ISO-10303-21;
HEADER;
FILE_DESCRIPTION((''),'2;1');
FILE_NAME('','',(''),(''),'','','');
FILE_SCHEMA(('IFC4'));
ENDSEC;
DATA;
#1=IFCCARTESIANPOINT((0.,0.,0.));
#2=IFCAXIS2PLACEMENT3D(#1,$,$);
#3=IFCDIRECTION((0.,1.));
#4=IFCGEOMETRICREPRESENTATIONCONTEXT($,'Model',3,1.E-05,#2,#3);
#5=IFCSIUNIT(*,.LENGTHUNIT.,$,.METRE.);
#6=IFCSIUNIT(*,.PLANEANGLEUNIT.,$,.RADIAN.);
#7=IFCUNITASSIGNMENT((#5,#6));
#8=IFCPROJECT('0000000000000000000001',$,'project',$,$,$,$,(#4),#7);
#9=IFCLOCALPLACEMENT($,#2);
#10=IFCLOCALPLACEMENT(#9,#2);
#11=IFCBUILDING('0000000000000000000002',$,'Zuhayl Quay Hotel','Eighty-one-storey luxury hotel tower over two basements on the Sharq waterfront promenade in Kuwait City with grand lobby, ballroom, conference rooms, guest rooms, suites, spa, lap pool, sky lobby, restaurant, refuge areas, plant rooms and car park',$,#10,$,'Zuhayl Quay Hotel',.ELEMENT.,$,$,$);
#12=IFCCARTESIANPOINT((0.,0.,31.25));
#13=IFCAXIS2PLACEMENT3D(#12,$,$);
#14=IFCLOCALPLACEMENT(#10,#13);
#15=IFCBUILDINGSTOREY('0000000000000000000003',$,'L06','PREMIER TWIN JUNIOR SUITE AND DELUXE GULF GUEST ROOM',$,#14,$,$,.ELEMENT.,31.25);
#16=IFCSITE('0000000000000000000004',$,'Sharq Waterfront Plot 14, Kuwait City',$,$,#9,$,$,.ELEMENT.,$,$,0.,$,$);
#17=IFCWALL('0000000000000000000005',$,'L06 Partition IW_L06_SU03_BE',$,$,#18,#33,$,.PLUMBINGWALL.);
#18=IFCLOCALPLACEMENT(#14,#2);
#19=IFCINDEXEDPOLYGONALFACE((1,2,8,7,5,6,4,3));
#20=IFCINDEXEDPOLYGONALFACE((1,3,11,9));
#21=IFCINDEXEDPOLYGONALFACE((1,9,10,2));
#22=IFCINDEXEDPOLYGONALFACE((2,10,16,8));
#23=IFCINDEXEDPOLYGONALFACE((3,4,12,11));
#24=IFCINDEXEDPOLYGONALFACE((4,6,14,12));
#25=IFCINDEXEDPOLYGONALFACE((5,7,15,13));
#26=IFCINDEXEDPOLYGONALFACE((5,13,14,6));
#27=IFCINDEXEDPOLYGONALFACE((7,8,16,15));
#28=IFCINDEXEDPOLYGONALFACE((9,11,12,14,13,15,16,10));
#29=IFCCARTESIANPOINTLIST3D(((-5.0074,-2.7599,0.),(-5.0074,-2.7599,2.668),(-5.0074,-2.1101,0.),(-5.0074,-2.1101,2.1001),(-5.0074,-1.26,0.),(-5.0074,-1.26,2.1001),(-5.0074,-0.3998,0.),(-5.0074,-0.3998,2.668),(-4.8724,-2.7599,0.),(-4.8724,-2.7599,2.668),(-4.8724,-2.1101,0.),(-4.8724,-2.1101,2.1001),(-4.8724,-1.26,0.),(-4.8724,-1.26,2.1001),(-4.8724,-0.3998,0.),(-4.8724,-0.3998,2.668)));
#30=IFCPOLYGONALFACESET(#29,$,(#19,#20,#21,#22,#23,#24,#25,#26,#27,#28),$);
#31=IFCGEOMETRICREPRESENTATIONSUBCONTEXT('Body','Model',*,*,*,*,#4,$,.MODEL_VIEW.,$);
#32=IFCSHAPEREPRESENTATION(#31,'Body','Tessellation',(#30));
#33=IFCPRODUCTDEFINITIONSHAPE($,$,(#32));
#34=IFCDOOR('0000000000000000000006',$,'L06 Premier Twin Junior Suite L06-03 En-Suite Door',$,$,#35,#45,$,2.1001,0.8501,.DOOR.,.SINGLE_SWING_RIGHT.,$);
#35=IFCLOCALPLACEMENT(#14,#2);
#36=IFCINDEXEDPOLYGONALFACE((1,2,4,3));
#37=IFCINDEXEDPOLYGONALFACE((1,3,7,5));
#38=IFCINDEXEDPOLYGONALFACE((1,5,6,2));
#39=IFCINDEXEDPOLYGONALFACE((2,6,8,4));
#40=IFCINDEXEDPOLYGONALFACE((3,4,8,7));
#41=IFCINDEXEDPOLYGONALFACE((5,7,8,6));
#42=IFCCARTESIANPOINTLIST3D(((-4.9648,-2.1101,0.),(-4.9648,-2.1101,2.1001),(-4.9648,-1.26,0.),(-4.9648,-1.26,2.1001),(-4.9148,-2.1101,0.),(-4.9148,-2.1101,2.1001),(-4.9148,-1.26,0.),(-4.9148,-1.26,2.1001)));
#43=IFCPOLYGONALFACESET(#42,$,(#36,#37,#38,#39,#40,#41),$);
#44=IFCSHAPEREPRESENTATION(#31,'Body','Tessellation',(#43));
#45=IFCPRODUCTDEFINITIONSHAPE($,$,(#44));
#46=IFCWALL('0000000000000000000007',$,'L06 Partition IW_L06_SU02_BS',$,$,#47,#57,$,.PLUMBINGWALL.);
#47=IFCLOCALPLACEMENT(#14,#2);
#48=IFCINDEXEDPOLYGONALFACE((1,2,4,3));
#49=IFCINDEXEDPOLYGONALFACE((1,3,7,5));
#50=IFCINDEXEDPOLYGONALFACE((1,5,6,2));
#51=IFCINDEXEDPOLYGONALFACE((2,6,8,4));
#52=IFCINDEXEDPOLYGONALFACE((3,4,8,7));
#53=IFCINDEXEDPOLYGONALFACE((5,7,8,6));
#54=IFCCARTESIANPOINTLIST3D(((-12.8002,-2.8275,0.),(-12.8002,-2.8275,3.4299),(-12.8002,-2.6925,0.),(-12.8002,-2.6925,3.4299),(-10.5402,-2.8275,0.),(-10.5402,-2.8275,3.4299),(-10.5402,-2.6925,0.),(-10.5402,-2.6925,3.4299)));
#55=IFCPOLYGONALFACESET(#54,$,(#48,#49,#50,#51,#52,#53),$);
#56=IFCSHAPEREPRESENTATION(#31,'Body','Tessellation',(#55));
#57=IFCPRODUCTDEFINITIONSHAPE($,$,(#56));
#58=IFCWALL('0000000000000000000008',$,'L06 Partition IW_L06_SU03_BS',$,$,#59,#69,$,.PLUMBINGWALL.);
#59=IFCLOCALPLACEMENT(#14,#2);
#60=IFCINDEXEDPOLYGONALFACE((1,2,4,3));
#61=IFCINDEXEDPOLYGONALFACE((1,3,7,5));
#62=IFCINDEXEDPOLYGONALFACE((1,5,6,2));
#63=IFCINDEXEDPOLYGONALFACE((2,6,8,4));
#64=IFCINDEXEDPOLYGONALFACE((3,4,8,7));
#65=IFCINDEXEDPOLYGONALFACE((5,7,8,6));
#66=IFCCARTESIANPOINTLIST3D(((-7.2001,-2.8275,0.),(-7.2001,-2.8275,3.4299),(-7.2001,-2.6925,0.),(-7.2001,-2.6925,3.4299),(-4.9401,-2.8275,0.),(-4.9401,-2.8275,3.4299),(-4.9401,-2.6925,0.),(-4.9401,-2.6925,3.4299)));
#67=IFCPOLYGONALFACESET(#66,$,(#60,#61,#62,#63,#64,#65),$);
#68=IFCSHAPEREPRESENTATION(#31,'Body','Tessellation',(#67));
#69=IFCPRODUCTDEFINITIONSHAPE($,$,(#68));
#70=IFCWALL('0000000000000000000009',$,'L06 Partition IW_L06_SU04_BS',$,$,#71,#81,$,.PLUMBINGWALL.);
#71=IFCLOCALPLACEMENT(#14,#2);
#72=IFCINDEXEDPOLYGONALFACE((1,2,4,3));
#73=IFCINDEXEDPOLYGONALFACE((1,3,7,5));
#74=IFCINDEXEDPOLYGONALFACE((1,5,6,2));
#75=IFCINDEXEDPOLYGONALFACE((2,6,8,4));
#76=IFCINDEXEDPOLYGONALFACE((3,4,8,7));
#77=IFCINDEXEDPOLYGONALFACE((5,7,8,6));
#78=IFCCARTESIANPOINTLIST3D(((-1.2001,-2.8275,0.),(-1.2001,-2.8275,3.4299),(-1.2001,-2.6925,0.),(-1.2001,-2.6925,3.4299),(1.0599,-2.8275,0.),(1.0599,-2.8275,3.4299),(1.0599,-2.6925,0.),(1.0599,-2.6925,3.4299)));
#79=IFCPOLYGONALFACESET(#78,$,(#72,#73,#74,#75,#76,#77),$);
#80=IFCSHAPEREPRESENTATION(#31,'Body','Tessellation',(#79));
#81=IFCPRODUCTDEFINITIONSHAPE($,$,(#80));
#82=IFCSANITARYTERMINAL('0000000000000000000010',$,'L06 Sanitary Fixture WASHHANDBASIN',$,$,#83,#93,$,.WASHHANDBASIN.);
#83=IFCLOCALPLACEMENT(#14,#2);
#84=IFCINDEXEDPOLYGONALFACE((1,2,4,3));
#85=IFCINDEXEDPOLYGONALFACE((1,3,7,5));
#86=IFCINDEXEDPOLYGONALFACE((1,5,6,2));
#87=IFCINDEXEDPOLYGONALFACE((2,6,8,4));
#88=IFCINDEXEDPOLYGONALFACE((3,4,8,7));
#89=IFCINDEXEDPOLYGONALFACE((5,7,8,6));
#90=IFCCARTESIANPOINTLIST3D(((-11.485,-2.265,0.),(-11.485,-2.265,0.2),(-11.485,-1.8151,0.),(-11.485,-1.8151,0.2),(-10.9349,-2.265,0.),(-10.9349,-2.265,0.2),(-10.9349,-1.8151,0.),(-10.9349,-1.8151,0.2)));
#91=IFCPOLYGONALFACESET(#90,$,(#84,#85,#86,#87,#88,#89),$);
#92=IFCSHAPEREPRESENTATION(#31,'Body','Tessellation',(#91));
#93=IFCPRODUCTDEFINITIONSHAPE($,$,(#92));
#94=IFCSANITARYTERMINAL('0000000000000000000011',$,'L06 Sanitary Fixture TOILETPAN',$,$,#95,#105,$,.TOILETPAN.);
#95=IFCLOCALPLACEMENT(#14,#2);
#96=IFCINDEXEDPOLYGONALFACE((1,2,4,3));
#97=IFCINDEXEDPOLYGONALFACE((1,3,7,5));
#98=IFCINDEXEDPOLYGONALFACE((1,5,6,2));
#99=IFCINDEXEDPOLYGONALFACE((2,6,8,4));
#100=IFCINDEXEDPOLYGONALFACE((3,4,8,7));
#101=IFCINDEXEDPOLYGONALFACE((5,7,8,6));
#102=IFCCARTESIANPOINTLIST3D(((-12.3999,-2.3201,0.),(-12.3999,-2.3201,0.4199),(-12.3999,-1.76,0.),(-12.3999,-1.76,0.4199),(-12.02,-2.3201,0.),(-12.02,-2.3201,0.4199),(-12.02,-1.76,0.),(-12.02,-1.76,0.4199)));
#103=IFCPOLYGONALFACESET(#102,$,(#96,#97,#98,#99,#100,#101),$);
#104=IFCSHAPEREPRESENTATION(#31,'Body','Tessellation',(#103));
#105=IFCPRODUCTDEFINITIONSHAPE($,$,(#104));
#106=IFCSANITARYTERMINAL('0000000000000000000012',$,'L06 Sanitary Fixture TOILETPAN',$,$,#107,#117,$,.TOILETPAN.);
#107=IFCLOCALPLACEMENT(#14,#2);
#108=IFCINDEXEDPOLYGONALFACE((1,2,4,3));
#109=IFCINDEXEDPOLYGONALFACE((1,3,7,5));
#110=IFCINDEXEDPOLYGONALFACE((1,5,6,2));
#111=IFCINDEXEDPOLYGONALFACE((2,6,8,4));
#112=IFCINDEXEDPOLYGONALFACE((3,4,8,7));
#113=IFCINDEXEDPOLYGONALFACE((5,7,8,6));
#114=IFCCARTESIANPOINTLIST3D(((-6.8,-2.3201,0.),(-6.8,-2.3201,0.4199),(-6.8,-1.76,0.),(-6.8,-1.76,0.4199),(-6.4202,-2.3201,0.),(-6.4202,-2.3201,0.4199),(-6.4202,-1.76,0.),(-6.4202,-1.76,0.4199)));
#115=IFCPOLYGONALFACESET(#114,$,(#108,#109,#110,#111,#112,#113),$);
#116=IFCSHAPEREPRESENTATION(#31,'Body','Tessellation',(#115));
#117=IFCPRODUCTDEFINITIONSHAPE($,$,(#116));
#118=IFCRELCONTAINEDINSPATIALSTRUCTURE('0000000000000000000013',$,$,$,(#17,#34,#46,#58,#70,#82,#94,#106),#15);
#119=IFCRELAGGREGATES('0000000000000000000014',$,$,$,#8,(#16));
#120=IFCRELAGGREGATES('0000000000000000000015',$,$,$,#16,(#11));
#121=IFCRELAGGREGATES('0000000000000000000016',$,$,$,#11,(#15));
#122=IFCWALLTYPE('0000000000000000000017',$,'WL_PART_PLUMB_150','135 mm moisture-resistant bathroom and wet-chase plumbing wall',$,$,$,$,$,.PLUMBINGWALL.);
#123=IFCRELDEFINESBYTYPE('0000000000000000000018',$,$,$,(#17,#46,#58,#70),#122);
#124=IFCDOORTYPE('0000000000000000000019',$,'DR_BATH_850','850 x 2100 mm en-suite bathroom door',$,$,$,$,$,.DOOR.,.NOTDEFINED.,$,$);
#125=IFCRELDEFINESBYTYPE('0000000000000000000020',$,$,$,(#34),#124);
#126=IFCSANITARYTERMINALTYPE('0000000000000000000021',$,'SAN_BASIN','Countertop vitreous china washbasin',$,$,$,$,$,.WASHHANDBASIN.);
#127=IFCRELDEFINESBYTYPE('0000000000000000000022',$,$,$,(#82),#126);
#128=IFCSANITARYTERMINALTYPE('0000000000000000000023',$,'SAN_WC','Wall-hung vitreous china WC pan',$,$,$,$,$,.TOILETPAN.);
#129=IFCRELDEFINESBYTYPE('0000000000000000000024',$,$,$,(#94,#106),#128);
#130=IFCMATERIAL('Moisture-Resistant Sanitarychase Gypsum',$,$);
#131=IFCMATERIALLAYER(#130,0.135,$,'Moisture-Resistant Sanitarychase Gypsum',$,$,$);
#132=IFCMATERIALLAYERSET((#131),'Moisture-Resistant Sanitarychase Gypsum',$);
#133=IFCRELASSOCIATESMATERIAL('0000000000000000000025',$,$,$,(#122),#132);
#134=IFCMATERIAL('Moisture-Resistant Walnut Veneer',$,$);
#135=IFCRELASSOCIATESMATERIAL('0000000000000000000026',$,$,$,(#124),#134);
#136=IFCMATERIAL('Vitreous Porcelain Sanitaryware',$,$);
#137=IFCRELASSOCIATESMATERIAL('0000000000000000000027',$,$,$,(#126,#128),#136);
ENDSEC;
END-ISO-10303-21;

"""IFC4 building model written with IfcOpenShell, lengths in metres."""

from ifc_helpers import new_model, si_unit, direction, frame, frame_2d, origin, origin_2d, place, context, subcontext, project, spatial, rectangle, extrude, material, layer, layer_set, type_object, element, fill, save


model = new_model("IFC4")

# Units and contexts
model_context = context("Model", 3, precision=1e-05, world=origin(), true_north=direction((0.0, 1.0)))
body_context = subcontext(model_context, "Body", "Model", "MODEL_VIEW")
ifc_project = project(units=[si_unit("LENGTHUNIT", "METRE"), si_unit("PLANEANGLEUNIT", "RADIAN")], contexts=[model_context])

# Site, building, storey
site_placement = place(None, origin())
site = spatial("IfcSite", under=ifc_project, at=site_placement, Name="Sharq Waterfront Plot 14, Kuwait City", CompositionType="ELEMENT", RefElevation=0.0)
building_placement = place(site_placement, origin())
building = spatial("IfcBuilding", under=site, at=building_placement, Name="Zuhayl Quay Hotel", Description="Eighty-one-storey luxury hotel tower over two basements on the Sharq waterfront promenade in Kuwait City with grand lobby, ballroom, conference rooms, guest rooms, suites, spa, lap pool, sky lobby, restaurant, refuge areas, plant rooms and car park", LongName="Zuhayl Quay Hotel", CompositionType="ELEMENT")
storey_placement = place(building_placement, frame((0.0, 0.0, 31.25)))
storey = spatial("IfcBuildingStorey", under=building, at=storey_placement, Name="L06", Description="PREMIER TWIN JUNIOR SUITE AND DELUXE GULF GUEST ROOM", CompositionType="ELEMENT", Elevation=31.25)

# Wall, opening, door
ifc_material_1 = material(Name="Moisture-Resistant Sanitarychase Gypsum")
ifc_layer_1 = layer(ifc_material_1, 0.135, Name="Moisture-Resistant Sanitarychase Gypsum")
ifc_layer_set_1 = layer_set([ifc_layer_1], Name="Moisture-Resistant Sanitarychase Gypsum")
wall_type_1 = type_object("IfcWallType", Name="WL_PART_PLUMB_150", Description="135 mm moisture-resistant bathroom and wet-chase plumbing wall", PredefinedType="PLUMBINGWALL", material=ifc_layer_set_1)
ifc_material_2 = material(Name="Moisture-Resistant Walnut Veneer")
door_type_1 = type_object("IfcDoorType", Name="DR_BATH_850", Description="850 x 2100 mm en-suite bathroom door", OperationType="NOTDEFINED", PredefinedType="DOOR", material=ifc_material_2)
wall_1_placement = place(storey_placement, frame((-4.9399, -2.76, 0.0), z_axis=(0.0, 0.0, 1.0), x_axis=(0.0, 1.0, 0.0)))
wall_1 = element("IfcWall", 1, at=wall_1_placement, inside=storey, type_object=wall_type_1, Name="L06 Partition IW_L06_SU03_BE", PredefinedType="PLUMBINGWALL", context=body_context, shape_type="SweptSolid", body=[
    extrude(rectangle(XDim=2.3601, YDim=0.135, at=frame_2d((1.1802, 0.0))), origin(), (0.0, 0.0, 1.0), 2.668),
])
opening_1_placement = place(wall_1_placement, frame((0.6499, 0.0, 0.0)))
opening_1 = element("IfcOpeningElement", 2, at=opening_1_placement, cuts=wall_1, PredefinedType="OPENING", context=body_context, shape_type="SweptSolid", body=[
    extrude(rectangle(XDim=0.8501, YDim=2.1001, at=frame_2d((0.425, 1.05))), frame((0.0, 0.0774, 0.0), z_axis=(0.0, -1.0, 0.0), x_axis=(1.0, 0.0, 0.0)), (0.0, 0.0, 1.0), 0.155),
])
door_1_placement = place(opening_1_placement, origin())
door_1 = element("IfcDoor", 3, at=door_1_placement, inside=storey, type_object=door_type_1, Name="L06 Premier Twin Junior Suite L06-03 En-Suite Door", OperationType="SINGLE_SWING_RIGHT", OverallHeight=2.1001, OverallWidth=0.8501, PredefinedType="DOOR", context=body_context, shape_type="SweptSolid", body=[
    extrude(rectangle(XDim=0.8501, YDim=2.1001, at=frame_2d((0.425, 1.05))), frame((0.0, 0.0249, 0.0), z_axis=(0.0, -1.0, 0.0), x_axis=(1.0, 0.0, 0.0)), (0.0, 0.0, 1.0), 0.05),
])
fill(opening_1, door_1)

# Walls
for number, where, z_axis, x_axis, name in (
    (4, (-12.8, -2.76, 0.0), (0.0, 0.0, 1.0), (1.0, 0.0, 0.0), "L06 Partition IW_L06_SU02_BS"),
    (5, (-7.2, -2.76, 0.0), (0.0, 0.0, 1.0), (1.0, 0.0, 0.0), "L06 Partition IW_L06_SU03_BS"),
    (6, (-1.2, -2.76, 0.0), (0.0, 0.0, 1.0), (1.0, 0.0, 0.0), "L06 Partition IW_L06_SU04_BS"),
):
    element("IfcWall", number, at=place(storey_placement, frame(where, z_axis=z_axis, x_axis=x_axis)), inside=storey, type_object=wall_type_1, Name=name, PredefinedType="PLUMBINGWALL", context=body_context, shape_type="SweptSolid", body=[
        extrude(rectangle(XDim=2.26, YDim=0.135, at=frame_2d((1.1299, 0.0))), origin(), (0.0, 0.0, 1.0), 3.4299),
    ])

# Sanitary terminals
ifc_material_3 = material(Name="Vitreous Porcelain Sanitaryware")
sanitary_terminal_type_1 = type_object("IfcSanitaryTerminalType", Name="SAN_BASIN", Description="Countertop vitreous china washbasin", PredefinedType="WASHHANDBASIN", material=ifc_material_3)
sanitary_terminal_placement = place(storey_placement, frame((-11.21, -2.04, 0.0), z_axis=(0.0, 0.0, 1.0), x_axis=(1.0, 0.0, 0.0)))
element("IfcSanitaryTerminal", 7, at=sanitary_terminal_placement, inside=storey, type_object=sanitary_terminal_type_1, Name="L06 Sanitary Fixture WASHHANDBASIN", PredefinedType="WASHHANDBASIN", context=body_context, shape_type="SweptSolid", body=[
    extrude(rectangle(XDim=0.55, YDim=0.45, at=origin_2d()), origin(), (0.0, 0.0, 1.0), 0.2),
])
sanitary_terminal_type_2 = type_object("IfcSanitaryTerminalType", Name="SAN_WC", Description="Wall-hung vitreous china WC pan", PredefinedType="TOILETPAN", material=ifc_material_3)
for number, where, z_axis, x_axis, name in (
    (8, (-12.21, -2.04, 0.0), (0.0, 0.0, 1.0), (1.0, 0.0, 0.0), "L06 Sanitary Fixture TOILETPAN"),
    (9, (-6.6101, -2.04, 0.0), (0.0, 0.0, 1.0), (1.0, 0.0, 0.0), "L06 Sanitary Fixture TOILETPAN"),
):
    element("IfcSanitaryTerminal", number, at=place(storey_placement, frame(where, z_axis=z_axis, x_axis=x_axis)), inside=storey, type_object=sanitary_terminal_type_2, Name=name, PredefinedType="TOILETPAN", context=body_context, shape_type="SweptSolid", body=[
        extrude(rectangle(XDim=0.3799, YDim=0.5601, at=origin_2d()), origin(), (0.0, 0.0, 1.0), 0.4199),
    ])

save(model, "model.ifc")
